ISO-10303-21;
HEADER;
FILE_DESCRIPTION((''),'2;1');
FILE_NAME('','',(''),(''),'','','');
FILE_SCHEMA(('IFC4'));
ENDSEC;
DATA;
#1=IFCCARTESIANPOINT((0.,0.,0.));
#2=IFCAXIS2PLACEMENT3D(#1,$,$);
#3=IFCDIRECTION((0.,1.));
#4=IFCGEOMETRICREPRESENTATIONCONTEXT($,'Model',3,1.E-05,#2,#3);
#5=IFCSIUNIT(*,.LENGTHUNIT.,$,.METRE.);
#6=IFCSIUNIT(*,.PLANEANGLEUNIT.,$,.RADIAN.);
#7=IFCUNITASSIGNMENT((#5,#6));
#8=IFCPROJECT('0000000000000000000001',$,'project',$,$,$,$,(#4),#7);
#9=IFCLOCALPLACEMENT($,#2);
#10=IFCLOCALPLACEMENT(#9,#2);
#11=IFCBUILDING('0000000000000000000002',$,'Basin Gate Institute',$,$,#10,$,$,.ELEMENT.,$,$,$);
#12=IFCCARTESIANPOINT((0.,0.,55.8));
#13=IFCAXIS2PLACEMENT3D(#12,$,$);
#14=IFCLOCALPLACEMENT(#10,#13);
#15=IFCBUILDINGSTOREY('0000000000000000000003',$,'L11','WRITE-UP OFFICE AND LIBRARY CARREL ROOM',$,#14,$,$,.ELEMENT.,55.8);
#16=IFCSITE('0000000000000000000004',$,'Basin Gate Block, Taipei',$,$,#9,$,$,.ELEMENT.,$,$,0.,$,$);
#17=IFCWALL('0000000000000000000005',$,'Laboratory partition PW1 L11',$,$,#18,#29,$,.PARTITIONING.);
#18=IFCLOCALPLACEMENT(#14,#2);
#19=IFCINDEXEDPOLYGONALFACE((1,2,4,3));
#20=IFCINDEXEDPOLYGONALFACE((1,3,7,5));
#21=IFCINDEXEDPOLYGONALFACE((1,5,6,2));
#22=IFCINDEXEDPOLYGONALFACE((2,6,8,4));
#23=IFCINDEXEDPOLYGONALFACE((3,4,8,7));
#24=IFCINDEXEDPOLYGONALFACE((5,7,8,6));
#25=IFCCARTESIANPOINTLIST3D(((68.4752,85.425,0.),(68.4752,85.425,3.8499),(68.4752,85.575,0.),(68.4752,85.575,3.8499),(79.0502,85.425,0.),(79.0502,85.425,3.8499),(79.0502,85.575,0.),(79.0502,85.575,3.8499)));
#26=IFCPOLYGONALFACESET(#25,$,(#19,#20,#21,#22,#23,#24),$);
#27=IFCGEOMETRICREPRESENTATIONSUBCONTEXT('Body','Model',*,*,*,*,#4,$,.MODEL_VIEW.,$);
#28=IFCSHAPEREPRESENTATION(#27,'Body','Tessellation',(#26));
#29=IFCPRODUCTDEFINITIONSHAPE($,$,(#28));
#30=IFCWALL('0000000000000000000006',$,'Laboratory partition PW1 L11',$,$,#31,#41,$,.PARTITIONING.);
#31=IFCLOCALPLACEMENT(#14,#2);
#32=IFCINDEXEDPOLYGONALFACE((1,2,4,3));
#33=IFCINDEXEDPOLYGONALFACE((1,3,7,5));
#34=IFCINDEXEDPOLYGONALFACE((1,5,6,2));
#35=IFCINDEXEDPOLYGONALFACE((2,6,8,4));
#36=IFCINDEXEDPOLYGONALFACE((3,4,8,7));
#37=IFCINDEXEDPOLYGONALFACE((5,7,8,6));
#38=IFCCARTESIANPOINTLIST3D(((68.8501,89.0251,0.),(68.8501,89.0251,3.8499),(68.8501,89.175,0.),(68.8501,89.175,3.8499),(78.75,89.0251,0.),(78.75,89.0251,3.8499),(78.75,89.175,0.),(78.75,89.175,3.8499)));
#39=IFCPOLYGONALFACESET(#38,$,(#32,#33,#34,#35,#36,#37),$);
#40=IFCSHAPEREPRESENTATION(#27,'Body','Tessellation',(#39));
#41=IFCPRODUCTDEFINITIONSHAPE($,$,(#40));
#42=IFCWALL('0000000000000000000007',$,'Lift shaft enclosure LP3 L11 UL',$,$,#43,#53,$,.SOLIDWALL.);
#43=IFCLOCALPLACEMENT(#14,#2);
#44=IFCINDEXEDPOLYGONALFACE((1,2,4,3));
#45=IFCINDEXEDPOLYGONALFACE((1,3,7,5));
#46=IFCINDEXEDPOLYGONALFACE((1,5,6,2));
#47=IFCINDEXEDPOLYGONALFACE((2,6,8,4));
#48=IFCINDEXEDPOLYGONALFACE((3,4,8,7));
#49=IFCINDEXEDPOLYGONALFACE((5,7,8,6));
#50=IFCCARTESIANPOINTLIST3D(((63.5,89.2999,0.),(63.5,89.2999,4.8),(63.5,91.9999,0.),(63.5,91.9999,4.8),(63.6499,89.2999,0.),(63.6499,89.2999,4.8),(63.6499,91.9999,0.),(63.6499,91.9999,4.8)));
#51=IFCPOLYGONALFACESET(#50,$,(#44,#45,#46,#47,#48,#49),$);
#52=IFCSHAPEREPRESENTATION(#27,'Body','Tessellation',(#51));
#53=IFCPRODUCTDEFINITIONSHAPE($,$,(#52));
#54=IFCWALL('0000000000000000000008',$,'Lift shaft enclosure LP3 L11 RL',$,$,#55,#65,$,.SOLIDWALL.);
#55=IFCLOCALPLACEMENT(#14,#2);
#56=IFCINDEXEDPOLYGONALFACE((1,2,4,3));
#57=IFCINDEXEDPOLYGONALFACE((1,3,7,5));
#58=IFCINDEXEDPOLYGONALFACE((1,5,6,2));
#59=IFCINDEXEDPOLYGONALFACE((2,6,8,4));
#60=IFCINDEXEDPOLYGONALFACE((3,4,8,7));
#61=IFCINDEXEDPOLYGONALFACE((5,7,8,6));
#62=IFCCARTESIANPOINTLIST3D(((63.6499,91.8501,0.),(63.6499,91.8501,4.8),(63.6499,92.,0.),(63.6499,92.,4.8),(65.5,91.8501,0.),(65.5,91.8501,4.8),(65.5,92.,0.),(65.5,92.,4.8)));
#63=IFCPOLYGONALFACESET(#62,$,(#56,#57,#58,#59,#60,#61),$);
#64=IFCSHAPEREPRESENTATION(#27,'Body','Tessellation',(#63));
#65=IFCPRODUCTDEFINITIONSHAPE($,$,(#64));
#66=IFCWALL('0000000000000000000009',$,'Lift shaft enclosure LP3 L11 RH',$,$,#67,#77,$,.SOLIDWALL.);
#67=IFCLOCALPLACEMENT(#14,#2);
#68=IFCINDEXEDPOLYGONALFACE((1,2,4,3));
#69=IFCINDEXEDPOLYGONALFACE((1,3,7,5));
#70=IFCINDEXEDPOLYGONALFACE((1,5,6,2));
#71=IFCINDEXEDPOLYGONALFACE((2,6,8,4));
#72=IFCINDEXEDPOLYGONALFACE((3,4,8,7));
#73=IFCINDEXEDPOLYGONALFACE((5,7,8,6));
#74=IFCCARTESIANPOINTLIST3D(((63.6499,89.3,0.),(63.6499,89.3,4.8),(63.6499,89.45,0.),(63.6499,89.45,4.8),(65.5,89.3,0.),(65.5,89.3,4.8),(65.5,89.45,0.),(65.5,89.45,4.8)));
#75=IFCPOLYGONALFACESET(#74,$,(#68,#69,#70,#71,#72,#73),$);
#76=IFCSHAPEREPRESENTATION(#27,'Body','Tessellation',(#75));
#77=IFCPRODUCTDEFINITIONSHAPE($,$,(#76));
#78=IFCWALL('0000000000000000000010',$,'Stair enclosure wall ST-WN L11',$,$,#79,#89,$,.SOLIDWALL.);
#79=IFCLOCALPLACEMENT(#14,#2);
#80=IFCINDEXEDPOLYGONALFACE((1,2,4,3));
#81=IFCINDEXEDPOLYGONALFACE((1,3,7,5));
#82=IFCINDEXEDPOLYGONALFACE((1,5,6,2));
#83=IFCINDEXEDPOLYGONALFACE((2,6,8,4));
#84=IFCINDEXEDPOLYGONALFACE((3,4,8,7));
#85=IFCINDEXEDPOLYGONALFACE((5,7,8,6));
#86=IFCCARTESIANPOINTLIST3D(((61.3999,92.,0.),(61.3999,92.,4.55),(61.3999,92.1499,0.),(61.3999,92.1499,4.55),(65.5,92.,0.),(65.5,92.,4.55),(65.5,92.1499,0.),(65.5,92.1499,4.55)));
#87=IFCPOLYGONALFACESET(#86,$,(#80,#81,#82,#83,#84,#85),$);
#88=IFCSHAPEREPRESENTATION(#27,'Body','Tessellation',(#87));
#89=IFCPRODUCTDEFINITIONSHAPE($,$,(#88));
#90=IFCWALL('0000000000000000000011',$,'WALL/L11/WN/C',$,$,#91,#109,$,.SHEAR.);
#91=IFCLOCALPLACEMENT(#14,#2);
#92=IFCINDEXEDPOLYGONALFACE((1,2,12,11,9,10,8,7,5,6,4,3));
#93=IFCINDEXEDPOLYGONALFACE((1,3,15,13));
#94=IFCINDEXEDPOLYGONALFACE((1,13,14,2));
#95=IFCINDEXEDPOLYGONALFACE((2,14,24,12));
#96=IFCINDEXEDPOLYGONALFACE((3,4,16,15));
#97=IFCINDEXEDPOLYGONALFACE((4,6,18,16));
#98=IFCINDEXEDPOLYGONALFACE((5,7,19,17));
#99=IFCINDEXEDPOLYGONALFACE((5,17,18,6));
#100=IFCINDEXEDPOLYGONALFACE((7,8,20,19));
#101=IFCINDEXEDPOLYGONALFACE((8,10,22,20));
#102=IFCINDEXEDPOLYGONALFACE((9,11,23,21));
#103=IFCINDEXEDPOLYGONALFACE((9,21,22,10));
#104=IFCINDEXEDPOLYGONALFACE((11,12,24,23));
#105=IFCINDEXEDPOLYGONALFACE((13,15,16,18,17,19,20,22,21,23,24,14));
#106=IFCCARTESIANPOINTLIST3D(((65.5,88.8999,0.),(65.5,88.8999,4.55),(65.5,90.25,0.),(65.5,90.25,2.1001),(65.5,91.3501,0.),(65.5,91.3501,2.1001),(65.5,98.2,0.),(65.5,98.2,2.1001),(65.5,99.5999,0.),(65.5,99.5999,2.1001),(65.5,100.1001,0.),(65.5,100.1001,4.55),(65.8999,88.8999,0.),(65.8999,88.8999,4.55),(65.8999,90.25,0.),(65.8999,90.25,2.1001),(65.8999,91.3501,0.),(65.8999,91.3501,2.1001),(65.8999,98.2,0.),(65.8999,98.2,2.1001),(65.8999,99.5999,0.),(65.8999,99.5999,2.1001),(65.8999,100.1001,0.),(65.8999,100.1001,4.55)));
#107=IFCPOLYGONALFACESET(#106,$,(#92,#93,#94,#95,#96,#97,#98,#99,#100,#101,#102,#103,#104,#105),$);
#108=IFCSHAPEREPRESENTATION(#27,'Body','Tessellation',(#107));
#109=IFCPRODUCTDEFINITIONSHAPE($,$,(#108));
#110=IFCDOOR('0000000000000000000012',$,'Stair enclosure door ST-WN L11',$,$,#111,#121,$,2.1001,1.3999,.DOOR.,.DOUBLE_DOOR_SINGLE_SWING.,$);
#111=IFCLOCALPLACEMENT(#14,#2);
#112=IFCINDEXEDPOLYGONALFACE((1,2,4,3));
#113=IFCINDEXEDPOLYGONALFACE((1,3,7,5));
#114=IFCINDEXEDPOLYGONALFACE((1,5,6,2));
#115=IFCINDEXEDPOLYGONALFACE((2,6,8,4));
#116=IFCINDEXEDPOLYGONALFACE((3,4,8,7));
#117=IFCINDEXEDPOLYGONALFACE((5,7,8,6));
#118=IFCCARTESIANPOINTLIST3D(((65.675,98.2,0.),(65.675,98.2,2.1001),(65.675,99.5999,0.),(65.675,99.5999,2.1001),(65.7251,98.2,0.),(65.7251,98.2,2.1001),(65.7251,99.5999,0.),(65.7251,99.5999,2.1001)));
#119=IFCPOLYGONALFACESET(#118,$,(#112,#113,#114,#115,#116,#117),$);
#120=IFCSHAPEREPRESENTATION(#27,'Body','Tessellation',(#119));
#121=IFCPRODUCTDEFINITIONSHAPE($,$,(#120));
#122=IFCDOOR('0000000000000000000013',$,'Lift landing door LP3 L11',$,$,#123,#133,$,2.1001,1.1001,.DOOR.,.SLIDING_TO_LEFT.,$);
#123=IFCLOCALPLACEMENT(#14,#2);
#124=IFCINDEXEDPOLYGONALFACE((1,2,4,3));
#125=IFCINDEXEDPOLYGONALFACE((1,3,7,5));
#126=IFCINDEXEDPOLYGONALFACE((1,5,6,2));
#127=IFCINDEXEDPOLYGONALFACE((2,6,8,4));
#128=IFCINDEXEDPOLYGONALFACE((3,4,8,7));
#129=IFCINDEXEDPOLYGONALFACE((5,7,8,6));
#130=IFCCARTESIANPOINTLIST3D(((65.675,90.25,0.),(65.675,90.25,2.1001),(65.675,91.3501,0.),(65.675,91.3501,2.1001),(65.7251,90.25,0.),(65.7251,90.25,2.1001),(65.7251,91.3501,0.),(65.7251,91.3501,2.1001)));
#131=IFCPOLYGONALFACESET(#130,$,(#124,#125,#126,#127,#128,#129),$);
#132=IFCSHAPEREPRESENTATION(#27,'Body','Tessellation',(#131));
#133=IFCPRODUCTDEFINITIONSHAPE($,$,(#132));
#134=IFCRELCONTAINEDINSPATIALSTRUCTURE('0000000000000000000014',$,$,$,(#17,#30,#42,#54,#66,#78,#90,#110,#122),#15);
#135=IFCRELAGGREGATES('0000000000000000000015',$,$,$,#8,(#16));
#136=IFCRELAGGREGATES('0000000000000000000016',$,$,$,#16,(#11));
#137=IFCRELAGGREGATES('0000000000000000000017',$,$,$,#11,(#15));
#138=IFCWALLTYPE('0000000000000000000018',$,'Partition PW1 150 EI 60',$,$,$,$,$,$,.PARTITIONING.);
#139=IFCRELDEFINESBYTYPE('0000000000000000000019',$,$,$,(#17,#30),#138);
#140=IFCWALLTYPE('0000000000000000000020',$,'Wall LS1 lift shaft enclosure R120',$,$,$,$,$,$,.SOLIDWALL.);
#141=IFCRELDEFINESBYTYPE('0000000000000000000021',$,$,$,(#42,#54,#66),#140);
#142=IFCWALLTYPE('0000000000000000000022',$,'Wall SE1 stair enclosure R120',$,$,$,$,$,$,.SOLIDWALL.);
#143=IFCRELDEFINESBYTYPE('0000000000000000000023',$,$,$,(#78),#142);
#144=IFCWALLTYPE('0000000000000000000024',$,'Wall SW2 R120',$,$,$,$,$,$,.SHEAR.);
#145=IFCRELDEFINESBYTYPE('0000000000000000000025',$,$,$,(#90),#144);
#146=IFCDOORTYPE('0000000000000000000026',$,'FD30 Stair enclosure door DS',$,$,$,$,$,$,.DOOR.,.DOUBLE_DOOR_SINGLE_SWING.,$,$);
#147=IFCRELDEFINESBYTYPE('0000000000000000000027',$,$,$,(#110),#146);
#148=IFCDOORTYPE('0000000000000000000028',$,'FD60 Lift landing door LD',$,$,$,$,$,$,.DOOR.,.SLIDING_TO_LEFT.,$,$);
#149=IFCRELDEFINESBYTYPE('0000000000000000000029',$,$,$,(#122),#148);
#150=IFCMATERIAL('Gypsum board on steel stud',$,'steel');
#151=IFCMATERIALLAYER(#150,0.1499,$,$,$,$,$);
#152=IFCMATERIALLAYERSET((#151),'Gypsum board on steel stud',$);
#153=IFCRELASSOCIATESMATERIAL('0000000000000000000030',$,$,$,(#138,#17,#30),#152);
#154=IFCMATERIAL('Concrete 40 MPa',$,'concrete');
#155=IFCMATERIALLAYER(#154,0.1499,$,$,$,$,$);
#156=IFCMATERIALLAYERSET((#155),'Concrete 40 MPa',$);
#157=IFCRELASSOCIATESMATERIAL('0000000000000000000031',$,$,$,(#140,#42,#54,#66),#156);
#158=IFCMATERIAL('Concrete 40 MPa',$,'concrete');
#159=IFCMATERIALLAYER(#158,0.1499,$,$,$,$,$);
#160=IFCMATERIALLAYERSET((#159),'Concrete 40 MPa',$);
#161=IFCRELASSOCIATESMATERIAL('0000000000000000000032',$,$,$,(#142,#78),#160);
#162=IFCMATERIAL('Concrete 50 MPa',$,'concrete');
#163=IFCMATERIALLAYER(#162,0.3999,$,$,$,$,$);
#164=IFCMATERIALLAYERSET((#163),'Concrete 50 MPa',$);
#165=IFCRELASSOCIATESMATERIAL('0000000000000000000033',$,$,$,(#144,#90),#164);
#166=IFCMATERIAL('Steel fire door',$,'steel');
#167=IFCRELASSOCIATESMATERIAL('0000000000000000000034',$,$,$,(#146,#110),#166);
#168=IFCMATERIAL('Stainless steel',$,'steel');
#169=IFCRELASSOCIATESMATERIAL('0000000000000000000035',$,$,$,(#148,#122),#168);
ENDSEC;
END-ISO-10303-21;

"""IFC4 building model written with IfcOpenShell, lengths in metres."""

from ifc_helpers import new_model, si_unit, direction, frame, frame_2d, origin, place, context, subcontext, project, spatial, rectangle, extrude, material, layer, layer_set, type_object, element, fill, save


model = new_model("IFC4")

# Units and contexts
model_context = context("Model", 3, precision=1e-05, world=origin(), true_north=direction((0.0, 1.0)))
body_context = subcontext(model_context, "Body", "Model", "MODEL_VIEW")
ifc_project = project(units=[si_unit("LENGTHUNIT", "METRE"), si_unit("PLANEANGLEUNIT", "RADIAN")], contexts=[model_context])

# Site, building, storey
site_placement = place(None, origin())
site = spatial("IfcSite", under=ifc_project, at=site_placement, Name="Basin Gate Block, Taipei", CompositionType="ELEMENT", RefElevation=0.0)
building_placement = place(site_placement, origin())
building = spatial("IfcBuilding", under=site, at=building_placement, Name="Basin Gate Institute", CompositionType="ELEMENT")
storey_placement = place(building_placement, frame((0.0, 0.0, 55.8)))
storey = spatial("IfcBuildingStorey", under=building, at=storey_placement, Name="L11", Description="WRITE-UP OFFICE AND LIBRARY CARREL ROOM", CompositionType="ELEMENT", Elevation=55.8)

# Shared definitions
ifc_material_1 = material(Name="Gypsum board on steel stud", Category="steel")
ifc_layer_1 = layer(ifc_material_1, 0.1499)
ifc_layer_set_1 = layer_set([ifc_layer_1], Name="Gypsum board on steel stud")
wall_type_1 = type_object("IfcWallType", Name="Partition PW1 150 EI 60", PredefinedType="PARTITIONING", material=ifc_layer_set_1)

# Walls
wall_1_placement = place(storey_placement, frame((68.4751, 85.5, 0.0), z_axis=(0.0, 0.0, 1.0), x_axis=(1.0, 0.0, 0.0)))
element("IfcWall", 1, at=wall_1_placement, inside=storey, type_object=wall_type_1, material=ifc_layer_set_1, Name="Laboratory partition PW1 L11", PredefinedType="PARTITIONING", context=body_context, shape_type="SweptSolid", body=[
    extrude(rectangle(XDim=10.575, YDim=0.1499, at=frame_2d((5.2876, 0.0))), origin(), (0.0, 0.0, 1.0), 3.8499),
])
wall_2_placement = place(storey_placement, frame((68.8501, 89.1001, 0.0), z_axis=(0.0, 0.0, 1.0), x_axis=(1.0, 0.0, 0.0)))
element("IfcWall", 2, at=wall_2_placement, inside=storey, type_object=wall_type_1, material=ifc_layer_set_1, Name="Laboratory partition PW1 L11", PredefinedType="PARTITIONING", context=body_context, shape_type="SweptSolid", body=[
    extrude(rectangle(XDim=9.8999, YDim=0.1499, at=frame_2d((4.95, 0.0))), origin(), (0.0, 0.0, 1.0), 3.8499),
])
ifc_material_2 = material(Name="Concrete 40 MPa", Category="concrete")
ifc_layer_2 = layer(ifc_material_2, 0.1499)
ifc_layer_set_2 = layer_set([ifc_layer_2], Name="Concrete 40 MPa")
wall_type_2 = type_object("IfcWallType", Name="Wall LS1 lift shaft enclosure R120", PredefinedType="SOLIDWALL", material=ifc_layer_set_2)
wall_3_placement = place(storey_placement, frame((63.575, 92.0, 0.0), z_axis=(0.0, 0.0, 1.0), x_axis=(0.0, -1.0, 0.0)))
element("IfcWall", 3, at=wall_3_placement, inside=storey, type_object=wall_type_2, material=ifc_layer_set_2, Name="Lift shaft enclosure LP3 L11 UL", PredefinedType="SOLIDWALL", context=body_context, shape_type="SweptSolid", body=[
    extrude(rectangle(XDim=2.7, YDim=0.1499, at=frame_2d((1.3501, 0.0))), origin(), (0.0, 0.0, 1.0), 4.8),
])
for number, where, z_axis, x_axis, name in (
    (4, (63.6499, 91.925, 0.0), (0.0, 0.0, 1.0), (1.0, 0.0, 0.0), "Lift shaft enclosure LP3 L11 RL"),
    (5, (63.6499, 89.375, 0.0), (0.0, 0.0, 1.0), (1.0, 0.0, 0.0), "Lift shaft enclosure LP3 L11 RH"),
):
    element("IfcWall", number, at=place(storey_placement, frame(where, z_axis=z_axis, x_axis=x_axis)), inside=storey, type_object=wall_type_2, material=ifc_layer_set_2, Name=name, PredefinedType="SOLIDWALL", context=body_context, shape_type="SweptSolid", body=[
        extrude(rectangle(XDim=1.8501, YDim=0.1499, at=frame_2d((0.925, 0.0))), origin(), (0.0, 0.0, 1.0), 4.8),
    ])
ifc_material_3 = material(Name="Concrete 40 MPa", Category="concrete")
ifc_layer_3 = layer(ifc_material_3, 0.1499)
ifc_layer_set_3 = layer_set([ifc_layer_3], Name="Concrete 40 MPa")
wall_type_3 = type_object("IfcWallType", Name="Wall SE1 stair enclosure R120", PredefinedType="SOLIDWALL", material=ifc_layer_set_3)
wall_4_placement = place(storey_placement, frame((61.3999, 92.075, 0.0), z_axis=(0.0, 0.0, 1.0), x_axis=(1.0, 0.0, 0.0)))
element("IfcWall", 6, at=wall_4_placement, inside=storey, type_object=wall_type_3, material=ifc_layer_set_3, Name="Stair enclosure wall ST-WN L11", PredefinedType="SOLIDWALL", context=body_context, shape_type="SweptSolid", body=[
    extrude(rectangle(XDim=4.1001, YDim=0.1499, at=frame_2d((2.05, 0.0))), origin(), (0.0, 0.0, 1.0), 4.55),
])

# Wall, openings, doors
ifc_material_4 = material(Name="Concrete 50 MPa", Category="concrete")
ifc_layer_4 = layer(ifc_material_4, 0.3999)
ifc_layer_set_4 = layer_set([ifc_layer_4], Name="Concrete 50 MPa")
wall_type_4 = type_object("IfcWallType", Name="Wall SW2 R120", PredefinedType="SHEAR", material=ifc_layer_set_4)
wall_5_placement = place(storey_placement, frame((65.7, 88.8999, 0.0), z_axis=(0.0, 0.0, 1.0), x_axis=(0.0, 1.0, 0.0)))
wall_5 = element("IfcWall", 7, at=wall_5_placement, inside=storey, type_object=wall_type_4, material=ifc_layer_set_4, Name="WALL/L11/WN/C", PredefinedType="SHEAR", context=body_context, shape_type="SweptSolid", body=[
    extrude(rectangle(XDim=11.2002, YDim=0.3999, at=frame_2d((5.6001, 0.0))), origin(), (0.0, 0.0, 1.0), 4.55),
])
opening_1_placement = place(wall_5_placement, frame((9.3, 0.0, 0.0)))
opening_1 = element("IfcOpeningElement", 8, at=opening_1_placement, cuts=wall_5, PredefinedType="OPENING", context=body_context, shape_type="SweptSolid", body=[
    extrude(rectangle(XDim=1.3999, YDim=2.1001, at=frame_2d((0.7, 1.05))), frame((0.0, 0.21, 0.0), z_axis=(0.0, -1.0, 0.0), x_axis=(1.0, 0.0, 0.0)), (0.0, 0.0, 1.0), 0.4199),
])
opening_2_placement = place(wall_5_placement, frame((1.3501, 0.0, 0.0)))
opening_2 = element("IfcOpeningElement", 9, at=opening_2_placement, cuts=wall_5, PredefinedType="OPENING", context=body_context, shape_type="SweptSolid", body=[
    extrude(rectangle(XDim=1.1001, YDim=2.1001, at=frame_2d((0.55, 1.05))), frame((0.0, 0.21, 0.0), z_axis=(0.0, -1.0, 0.0), x_axis=(1.0, 0.0, 0.0)), (0.0, 0.0, 1.0), 0.4199),
])
ifc_material_5 = material(Name="Steel fire door", Category="steel")
door_type_1 = type_object("IfcDoorType", Name="FD30 Stair enclosure door DS", OperationType="DOUBLE_DOOR_SINGLE_SWING", PredefinedType="DOOR", material=ifc_material_5)
door_1_placement = place(opening_1_placement, origin())
door_1 = element("IfcDoor", 10, at=door_1_placement, inside=storey, type_object=door_type_1, material=ifc_material_5, Name="Stair enclosure door ST-WN L11", OperationType="DOUBLE_DOOR_SINGLE_SWING", OverallHeight=2.1001, OverallWidth=1.3999, PredefinedType="DOOR", context=body_context, shape_type="SweptSolid", body=[
    extrude(rectangle(XDim=1.3999, YDim=2.1001, at=frame_2d((0.7, 1.05))), frame((0.0, 0.0249, 0.0), z_axis=(0.0, -1.0, 0.0), x_axis=(1.0, 0.0, 0.0)), (0.0, 0.0, 1.0), 0.05),
])
fill(opening_1, door_1)
ifc_material_6 = material(Name="Stainless steel", Category="steel")
door_type_2 = type_object("IfcDoorType", Name="FD60 Lift landing door LD", OperationType="SLIDING_TO_LEFT", PredefinedType="DOOR", material=ifc_material_6)
door_2_placement = place(opening_2_placement, origin())
door_2 = element("IfcDoor", 11, at=door_2_placement, inside=storey, type_object=door_type_2, material=ifc_material_6, Name="Lift landing door LP3 L11", OperationType="SLIDING_TO_LEFT", OverallHeight=2.1001, OverallWidth=1.1001, PredefinedType="DOOR", context=body_context, shape_type="SweptSolid", body=[
    extrude(rectangle(XDim=1.1001, YDim=2.1001, at=frame_2d((0.55, 1.05))), frame((0.0, 0.0249, 0.0), z_axis=(0.0, -1.0, 0.0), x_axis=(1.0, 0.0, 0.0)), (0.0, 0.0, 1.0), 0.05),
])
fill(opening_2, door_2)

save(model, "model.ifc")
